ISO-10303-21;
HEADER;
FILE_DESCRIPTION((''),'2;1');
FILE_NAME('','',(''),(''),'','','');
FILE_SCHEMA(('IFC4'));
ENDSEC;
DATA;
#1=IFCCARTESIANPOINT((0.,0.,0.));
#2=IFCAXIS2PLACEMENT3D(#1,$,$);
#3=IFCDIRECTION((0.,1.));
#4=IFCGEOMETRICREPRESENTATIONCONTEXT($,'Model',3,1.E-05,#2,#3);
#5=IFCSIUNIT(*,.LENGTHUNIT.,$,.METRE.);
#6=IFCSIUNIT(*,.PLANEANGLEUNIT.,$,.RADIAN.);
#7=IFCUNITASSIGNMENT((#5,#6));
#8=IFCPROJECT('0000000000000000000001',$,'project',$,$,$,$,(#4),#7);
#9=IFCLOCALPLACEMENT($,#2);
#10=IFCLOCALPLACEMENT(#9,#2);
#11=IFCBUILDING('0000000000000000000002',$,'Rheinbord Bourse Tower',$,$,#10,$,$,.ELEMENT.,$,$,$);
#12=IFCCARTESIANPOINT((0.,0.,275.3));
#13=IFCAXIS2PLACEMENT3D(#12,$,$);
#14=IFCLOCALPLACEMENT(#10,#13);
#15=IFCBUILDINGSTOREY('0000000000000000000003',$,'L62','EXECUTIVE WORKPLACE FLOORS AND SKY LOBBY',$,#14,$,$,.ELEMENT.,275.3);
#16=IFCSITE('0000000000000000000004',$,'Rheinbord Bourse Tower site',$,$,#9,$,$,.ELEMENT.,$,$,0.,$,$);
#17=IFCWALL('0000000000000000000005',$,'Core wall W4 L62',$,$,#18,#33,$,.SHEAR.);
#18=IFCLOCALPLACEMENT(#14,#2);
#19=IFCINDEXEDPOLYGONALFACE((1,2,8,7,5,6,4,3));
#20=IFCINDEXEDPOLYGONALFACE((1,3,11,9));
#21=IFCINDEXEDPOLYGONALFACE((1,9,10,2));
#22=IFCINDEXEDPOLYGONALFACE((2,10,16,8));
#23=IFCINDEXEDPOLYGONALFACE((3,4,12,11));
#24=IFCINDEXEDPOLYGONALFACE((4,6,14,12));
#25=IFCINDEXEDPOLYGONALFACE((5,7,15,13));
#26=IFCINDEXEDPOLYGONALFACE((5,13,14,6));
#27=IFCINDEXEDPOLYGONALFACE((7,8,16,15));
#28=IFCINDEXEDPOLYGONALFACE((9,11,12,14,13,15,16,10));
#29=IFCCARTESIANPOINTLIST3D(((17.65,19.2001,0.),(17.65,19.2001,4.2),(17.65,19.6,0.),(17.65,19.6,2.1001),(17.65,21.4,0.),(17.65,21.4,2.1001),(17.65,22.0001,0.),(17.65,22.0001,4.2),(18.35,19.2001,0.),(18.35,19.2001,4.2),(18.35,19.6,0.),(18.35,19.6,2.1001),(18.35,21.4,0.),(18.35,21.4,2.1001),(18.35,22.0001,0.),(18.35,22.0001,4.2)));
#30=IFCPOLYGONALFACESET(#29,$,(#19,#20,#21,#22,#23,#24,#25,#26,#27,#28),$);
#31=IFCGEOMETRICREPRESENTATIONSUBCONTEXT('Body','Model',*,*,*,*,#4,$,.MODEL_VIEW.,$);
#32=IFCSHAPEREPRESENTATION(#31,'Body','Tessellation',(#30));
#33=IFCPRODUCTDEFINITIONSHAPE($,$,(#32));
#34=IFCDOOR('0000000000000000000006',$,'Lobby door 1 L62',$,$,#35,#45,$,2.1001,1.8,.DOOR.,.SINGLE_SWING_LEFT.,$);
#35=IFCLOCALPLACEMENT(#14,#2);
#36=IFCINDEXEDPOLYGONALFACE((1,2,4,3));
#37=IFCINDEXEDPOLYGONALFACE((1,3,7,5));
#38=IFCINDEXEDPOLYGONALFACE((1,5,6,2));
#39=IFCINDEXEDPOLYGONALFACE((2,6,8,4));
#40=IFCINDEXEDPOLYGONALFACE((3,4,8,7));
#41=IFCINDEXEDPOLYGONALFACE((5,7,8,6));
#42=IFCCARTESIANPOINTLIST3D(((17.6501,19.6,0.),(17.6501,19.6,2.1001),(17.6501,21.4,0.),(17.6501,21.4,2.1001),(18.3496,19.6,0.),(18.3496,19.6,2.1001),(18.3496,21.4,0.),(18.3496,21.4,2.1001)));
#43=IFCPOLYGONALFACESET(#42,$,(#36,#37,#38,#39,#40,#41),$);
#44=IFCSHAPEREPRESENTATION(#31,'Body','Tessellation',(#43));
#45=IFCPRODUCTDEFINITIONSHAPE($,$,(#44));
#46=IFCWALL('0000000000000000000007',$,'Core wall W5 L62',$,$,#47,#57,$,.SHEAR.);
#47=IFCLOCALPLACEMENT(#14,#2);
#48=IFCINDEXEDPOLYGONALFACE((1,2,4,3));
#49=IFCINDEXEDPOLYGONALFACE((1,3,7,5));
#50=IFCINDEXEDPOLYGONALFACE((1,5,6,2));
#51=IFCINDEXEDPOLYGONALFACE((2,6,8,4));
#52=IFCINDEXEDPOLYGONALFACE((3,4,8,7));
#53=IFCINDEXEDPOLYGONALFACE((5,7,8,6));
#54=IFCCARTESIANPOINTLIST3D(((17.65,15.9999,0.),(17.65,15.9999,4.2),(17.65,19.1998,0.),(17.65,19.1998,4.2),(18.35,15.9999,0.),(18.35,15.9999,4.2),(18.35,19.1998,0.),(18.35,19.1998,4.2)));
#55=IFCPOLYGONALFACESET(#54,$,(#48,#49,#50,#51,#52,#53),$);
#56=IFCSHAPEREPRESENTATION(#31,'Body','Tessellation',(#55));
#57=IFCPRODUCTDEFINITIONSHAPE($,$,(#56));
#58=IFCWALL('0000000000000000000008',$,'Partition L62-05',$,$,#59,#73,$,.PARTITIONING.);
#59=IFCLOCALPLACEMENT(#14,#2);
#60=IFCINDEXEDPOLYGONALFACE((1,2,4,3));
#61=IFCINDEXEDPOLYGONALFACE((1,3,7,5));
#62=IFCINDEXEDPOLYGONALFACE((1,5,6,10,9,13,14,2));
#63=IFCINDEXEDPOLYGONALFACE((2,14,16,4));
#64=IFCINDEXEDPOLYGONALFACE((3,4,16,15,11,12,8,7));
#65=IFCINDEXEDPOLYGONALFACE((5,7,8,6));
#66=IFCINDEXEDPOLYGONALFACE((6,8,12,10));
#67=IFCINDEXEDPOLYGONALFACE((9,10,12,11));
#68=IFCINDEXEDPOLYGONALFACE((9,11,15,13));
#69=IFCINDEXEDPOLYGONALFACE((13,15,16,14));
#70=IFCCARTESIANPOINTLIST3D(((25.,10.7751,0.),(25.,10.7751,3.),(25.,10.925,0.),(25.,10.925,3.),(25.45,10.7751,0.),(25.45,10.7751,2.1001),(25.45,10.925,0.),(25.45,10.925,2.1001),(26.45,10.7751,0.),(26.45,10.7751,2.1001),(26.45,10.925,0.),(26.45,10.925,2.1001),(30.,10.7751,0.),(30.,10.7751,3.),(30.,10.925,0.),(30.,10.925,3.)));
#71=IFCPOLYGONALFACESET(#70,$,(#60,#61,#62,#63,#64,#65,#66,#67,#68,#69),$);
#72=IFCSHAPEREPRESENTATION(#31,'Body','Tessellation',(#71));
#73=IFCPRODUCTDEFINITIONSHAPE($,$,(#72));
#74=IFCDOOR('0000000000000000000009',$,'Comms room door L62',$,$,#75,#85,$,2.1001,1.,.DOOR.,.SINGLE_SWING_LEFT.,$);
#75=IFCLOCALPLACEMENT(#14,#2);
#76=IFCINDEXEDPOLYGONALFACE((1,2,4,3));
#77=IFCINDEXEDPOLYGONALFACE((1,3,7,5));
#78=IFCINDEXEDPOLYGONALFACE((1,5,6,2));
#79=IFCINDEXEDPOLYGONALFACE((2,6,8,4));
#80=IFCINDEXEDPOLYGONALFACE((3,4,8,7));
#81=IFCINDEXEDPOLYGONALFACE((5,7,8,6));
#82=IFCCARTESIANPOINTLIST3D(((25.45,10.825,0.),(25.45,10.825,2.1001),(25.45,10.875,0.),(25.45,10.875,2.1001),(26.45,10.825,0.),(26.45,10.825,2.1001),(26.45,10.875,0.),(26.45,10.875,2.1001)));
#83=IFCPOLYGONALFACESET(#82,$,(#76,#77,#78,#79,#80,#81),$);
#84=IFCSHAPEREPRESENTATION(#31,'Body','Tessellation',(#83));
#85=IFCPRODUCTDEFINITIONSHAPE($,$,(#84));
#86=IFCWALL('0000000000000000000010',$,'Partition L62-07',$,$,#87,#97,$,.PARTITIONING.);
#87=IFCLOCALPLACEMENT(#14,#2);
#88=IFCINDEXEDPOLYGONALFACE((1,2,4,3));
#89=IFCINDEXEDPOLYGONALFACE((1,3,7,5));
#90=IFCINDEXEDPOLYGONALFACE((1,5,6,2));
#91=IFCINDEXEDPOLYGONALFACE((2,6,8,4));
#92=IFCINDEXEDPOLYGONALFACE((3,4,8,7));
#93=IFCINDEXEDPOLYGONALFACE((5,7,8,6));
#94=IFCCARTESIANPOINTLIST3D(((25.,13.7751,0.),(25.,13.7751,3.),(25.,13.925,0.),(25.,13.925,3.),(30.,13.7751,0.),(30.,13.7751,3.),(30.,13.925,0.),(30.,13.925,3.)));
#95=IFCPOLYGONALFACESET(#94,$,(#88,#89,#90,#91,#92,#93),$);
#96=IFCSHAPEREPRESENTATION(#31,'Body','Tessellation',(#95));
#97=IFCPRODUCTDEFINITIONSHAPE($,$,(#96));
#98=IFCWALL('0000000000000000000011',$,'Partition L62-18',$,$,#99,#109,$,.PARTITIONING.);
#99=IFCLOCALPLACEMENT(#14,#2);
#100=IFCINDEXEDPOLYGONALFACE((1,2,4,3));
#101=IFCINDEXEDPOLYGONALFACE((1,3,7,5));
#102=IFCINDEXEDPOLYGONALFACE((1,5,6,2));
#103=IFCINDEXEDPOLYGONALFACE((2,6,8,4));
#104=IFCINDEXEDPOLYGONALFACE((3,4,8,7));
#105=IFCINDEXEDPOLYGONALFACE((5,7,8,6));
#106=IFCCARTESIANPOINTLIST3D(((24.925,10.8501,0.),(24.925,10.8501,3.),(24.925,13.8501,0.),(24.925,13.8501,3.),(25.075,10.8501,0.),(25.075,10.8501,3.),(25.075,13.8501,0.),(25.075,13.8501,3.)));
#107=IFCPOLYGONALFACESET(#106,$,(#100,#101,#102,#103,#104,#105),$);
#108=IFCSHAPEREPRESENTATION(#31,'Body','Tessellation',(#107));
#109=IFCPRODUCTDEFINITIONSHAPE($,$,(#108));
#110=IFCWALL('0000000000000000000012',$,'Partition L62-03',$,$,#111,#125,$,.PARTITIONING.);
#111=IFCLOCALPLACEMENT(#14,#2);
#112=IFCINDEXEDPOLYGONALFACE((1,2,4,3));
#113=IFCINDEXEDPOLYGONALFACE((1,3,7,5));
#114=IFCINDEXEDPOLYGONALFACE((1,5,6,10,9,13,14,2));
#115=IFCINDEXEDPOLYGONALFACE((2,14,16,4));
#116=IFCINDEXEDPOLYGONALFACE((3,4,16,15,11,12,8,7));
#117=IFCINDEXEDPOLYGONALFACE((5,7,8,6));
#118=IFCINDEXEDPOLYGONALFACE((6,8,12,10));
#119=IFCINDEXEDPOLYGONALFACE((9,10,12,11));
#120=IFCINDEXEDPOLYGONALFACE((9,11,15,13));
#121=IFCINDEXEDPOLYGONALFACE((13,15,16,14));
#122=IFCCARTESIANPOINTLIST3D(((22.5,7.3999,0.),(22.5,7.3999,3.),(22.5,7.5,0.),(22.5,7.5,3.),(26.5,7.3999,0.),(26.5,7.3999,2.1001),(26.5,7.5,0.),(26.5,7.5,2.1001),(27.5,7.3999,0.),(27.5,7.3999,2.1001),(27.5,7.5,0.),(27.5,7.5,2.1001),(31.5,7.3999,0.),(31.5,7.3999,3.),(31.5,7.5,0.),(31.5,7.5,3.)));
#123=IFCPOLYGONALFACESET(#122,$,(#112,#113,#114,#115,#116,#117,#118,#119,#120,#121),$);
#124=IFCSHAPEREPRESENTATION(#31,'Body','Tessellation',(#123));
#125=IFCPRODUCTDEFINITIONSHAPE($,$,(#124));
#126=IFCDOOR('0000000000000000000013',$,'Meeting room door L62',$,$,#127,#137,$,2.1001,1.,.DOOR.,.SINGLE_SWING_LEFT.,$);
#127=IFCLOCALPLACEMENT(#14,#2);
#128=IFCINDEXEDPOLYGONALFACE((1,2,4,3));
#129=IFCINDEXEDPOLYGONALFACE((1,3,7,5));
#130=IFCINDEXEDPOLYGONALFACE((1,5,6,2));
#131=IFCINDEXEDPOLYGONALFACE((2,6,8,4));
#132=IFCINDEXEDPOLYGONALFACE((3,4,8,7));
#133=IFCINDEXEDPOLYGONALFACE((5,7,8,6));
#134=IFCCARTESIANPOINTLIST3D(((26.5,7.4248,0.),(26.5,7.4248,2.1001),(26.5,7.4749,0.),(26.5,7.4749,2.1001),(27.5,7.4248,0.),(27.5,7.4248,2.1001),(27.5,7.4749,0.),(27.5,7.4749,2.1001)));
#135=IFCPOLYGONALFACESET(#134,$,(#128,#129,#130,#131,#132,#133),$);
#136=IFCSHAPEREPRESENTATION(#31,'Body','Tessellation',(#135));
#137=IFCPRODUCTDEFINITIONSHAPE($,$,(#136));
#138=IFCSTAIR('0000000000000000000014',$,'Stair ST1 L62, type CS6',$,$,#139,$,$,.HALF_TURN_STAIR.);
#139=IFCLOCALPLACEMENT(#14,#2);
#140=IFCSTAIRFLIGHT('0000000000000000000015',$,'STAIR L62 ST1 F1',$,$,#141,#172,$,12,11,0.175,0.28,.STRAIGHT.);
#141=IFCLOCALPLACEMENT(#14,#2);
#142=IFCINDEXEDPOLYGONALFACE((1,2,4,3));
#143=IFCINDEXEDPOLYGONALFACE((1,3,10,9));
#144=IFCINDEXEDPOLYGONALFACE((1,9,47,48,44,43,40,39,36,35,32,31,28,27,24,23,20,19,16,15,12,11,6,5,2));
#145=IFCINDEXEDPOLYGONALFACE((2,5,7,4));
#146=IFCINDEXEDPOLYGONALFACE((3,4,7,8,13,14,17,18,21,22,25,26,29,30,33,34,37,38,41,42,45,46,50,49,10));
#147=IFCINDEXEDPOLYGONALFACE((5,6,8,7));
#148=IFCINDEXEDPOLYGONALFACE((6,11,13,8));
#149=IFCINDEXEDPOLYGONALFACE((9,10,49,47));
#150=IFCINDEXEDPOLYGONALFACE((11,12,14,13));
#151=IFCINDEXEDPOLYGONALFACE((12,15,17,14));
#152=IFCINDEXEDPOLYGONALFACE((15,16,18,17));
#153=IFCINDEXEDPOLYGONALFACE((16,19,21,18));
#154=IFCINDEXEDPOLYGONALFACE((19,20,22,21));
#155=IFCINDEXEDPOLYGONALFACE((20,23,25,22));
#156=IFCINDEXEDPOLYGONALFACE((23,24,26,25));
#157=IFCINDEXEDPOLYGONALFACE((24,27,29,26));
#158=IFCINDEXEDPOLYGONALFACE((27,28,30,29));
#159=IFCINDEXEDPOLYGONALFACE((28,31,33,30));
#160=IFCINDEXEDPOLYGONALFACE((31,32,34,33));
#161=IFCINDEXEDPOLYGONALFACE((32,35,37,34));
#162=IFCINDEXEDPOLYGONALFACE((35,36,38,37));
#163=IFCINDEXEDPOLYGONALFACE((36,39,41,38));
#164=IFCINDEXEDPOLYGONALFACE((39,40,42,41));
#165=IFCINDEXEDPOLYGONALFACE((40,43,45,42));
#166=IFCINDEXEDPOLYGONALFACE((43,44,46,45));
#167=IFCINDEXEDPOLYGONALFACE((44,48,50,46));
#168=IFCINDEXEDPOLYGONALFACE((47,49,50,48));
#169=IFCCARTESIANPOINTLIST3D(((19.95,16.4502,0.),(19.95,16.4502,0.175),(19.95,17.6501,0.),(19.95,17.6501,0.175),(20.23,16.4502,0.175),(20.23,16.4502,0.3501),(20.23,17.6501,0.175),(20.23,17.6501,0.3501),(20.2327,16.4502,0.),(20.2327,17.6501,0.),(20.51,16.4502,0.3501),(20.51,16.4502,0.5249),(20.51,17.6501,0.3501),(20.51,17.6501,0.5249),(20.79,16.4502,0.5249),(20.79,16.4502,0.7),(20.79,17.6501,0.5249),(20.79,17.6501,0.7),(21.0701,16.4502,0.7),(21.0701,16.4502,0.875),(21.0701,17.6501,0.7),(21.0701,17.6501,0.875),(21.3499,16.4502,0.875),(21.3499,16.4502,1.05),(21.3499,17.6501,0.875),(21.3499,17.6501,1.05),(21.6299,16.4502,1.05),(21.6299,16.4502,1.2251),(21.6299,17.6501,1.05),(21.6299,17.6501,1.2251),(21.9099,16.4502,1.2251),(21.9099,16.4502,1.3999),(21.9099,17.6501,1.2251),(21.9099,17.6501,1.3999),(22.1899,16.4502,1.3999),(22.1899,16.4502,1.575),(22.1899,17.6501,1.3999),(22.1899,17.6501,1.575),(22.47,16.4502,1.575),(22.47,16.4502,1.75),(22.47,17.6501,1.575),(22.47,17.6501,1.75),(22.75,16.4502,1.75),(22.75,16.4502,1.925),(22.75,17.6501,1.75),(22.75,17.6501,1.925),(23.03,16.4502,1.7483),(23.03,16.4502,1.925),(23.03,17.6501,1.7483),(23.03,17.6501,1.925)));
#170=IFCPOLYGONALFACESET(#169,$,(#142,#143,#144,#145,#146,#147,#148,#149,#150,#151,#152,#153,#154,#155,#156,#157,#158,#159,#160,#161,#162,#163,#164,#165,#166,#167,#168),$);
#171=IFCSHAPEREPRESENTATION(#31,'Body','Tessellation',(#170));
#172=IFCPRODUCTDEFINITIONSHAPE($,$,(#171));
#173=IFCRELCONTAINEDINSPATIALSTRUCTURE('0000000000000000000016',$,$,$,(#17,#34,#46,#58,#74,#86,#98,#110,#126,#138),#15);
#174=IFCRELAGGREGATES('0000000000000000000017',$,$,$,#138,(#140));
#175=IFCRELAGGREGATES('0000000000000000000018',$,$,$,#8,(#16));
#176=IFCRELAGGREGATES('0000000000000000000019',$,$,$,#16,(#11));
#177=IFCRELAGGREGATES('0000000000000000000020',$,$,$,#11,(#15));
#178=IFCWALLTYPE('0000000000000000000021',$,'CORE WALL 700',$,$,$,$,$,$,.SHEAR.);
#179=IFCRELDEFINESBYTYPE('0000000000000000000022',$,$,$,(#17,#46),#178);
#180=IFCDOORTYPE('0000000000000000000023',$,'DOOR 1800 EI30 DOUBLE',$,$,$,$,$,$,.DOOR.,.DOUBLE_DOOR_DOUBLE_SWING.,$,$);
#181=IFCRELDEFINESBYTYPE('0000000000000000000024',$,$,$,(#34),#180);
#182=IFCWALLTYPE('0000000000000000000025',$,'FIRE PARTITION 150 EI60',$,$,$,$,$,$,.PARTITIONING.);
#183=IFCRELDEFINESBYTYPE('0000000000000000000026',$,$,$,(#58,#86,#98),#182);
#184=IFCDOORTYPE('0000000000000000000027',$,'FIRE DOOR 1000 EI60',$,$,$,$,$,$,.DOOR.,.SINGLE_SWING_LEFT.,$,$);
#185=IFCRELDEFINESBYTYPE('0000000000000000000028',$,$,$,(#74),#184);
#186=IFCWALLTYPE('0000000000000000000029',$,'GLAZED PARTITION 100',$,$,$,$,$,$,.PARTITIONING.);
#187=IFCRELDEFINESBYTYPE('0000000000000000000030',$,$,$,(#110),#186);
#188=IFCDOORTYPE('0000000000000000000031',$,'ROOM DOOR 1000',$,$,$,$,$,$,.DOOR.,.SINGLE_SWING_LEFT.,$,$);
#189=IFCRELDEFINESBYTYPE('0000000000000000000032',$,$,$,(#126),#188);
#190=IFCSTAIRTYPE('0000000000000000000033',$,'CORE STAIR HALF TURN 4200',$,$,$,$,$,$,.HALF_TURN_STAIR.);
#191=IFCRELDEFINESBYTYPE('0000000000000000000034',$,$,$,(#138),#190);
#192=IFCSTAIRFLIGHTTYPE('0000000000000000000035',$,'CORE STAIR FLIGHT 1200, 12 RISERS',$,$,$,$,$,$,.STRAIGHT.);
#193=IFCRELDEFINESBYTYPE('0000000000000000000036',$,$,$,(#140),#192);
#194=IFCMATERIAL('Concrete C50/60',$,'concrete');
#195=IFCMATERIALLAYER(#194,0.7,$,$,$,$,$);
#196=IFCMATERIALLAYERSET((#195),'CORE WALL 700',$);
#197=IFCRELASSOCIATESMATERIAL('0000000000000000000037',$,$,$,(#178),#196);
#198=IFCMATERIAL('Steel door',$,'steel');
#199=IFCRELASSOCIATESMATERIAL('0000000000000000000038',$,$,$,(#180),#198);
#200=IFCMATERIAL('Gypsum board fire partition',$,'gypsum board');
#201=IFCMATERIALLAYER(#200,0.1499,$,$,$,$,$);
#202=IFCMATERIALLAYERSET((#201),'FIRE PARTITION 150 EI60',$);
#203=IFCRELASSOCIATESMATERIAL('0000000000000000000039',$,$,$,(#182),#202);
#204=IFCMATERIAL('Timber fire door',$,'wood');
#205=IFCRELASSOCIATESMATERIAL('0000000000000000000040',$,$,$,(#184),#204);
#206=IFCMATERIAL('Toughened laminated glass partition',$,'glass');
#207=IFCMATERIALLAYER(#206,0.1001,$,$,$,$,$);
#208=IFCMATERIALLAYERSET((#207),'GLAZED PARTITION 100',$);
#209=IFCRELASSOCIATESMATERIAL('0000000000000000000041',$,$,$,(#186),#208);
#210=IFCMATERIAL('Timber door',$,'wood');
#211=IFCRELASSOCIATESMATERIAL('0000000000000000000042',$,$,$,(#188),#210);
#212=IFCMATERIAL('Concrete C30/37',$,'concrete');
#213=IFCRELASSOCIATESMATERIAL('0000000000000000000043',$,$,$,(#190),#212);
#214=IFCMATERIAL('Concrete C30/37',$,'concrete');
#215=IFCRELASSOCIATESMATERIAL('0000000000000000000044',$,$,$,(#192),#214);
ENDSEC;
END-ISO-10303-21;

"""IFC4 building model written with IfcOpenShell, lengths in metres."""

from ifc_helpers import new_model, si_unit, direction, frame, frame_2d, origin, place, context, subcontext, project, spatial, polyline, rectangle, outline, extrude, material, layer, layer_set, type_object, element, fill, aggregate, save


model = new_model("IFC4")

# Units and contexts
model_context = context("Model", 3, precision=1e-05, world=origin(), true_north=direction((0.0, 1.0)))
body_context = subcontext(model_context, "Body", "Model", "MODEL_VIEW")
ifc_project = project(units=[si_unit("LENGTHUNIT", "METRE"), si_unit("PLANEANGLEUNIT", "RADIAN")], contexts=[model_context])

# Site, building, storey
site_placement = place(None, origin())
site = spatial("IfcSite", under=ifc_project, at=site_placement, Name="Rheinbord Bourse Tower site", CompositionType="ELEMENT", RefElevation=0.0)
building_placement = place(site_placement, origin())
building = spatial("IfcBuilding", under=site, at=building_placement, Name="Rheinbord Bourse Tower", CompositionType="ELEMENT")
storey_placement = place(building_placement, frame((0.0, 0.0, 275.3)))
storey = spatial("IfcBuildingStorey", under=building, at=storey_placement, Name="L62", Description="EXECUTIVE WORKPLACE FLOORS AND SKY LOBBY", CompositionType="ELEMENT", Elevation=275.3)

# Shared definitions
ifc_material_1 = material(Name="Concrete C50/60", Category="concrete")
ifc_layer_1 = layer(ifc_material_1, 0.7)
ifc_layer_set_1 = layer_set([ifc_layer_1], Name="CORE WALL 700")
wall_type_1 = type_object("IfcWallType", Name="CORE WALL 700", PredefinedType="SHEAR", material=ifc_layer_set_1)

# Wall, opening, door
wall_1_placement = place(storey_placement, frame((18.0, 22.0, 0.0), z_axis=(0.0, 0.0, 1.0), x_axis=(0.0, -1.0, 0.0)))
wall_1 = element("IfcWall", 1, at=wall_1_placement, inside=storey, type_object=wall_type_1, Name="Core wall W4 L62", PredefinedType="SHEAR", context=body_context, shape_type="SweptSolid", body=[
    extrude(rectangle(XDim=2.8, YDim=0.7, at=frame_2d((1.3999, 0.0))), origin(), (0.0, 0.0, 1.0), 4.2),
])
opening_1_placement = place(wall_1_placement, frame((0.6001, 0.0, 0.0)))
opening_1 = element("IfcOpeningElement", 2, at=opening_1_placement, cuts=wall_1, PredefinedType="OPENING", context=body_context, shape_type="SweptSolid", body=[
    extrude(rectangle(XDim=1.8, YDim=2.1001, at=frame_2d((0.8999, 1.05))), frame((0.0, 0.3599, 0.0), z_axis=(0.0, -1.0, 0.0), x_axis=(1.0, 0.0, 0.0)), (0.0, 0.0, 1.0), 0.72),
])
ifc_material_2 = material(Name="Steel door", Category="steel")
door_type_1 = type_object("IfcDoorType", Name="DOOR 1800 EI30 DOUBLE", OperationType="DOUBLE_DOOR_DOUBLE_SWING", PredefinedType="DOOR", material=ifc_material_2)
door_1_placement = place(opening_1_placement, origin())
door_1 = element("IfcDoor", 3, at=door_1_placement, inside=storey, type_object=door_type_1, Name="Lobby door 1 L62", OperationType="SINGLE_SWING_LEFT", OverallHeight=2.1001, OverallWidth=1.8, PredefinedType="DOOR", context=body_context, shape_type="SweptSolid", body=[
    extrude(rectangle(XDim=1.8, YDim=2.1001, at=frame_2d((0.8999, 1.05))), frame((0.0, 0.3496, 0.0), z_axis=(0.0, -1.0, 0.0), x_axis=(1.0, 0.0, 0.0)), (0.0, 0.0, 1.0), 0.6995),
])
fill(opening_1, door_1)

# Wall
wall_2_placement = place(storey_placement, frame((18.0, 19.2, 0.0), z_axis=(0.0, 0.0, 1.0), x_axis=(0.0, -1.0, 0.0)))
element("IfcWall", 4, at=wall_2_placement, inside=storey, type_object=wall_type_1, Name="Core wall W5 L62", PredefinedType="SHEAR", context=body_context, shape_type="SweptSolid", body=[
    extrude(rectangle(XDim=3.2, YDim=0.7, at=frame_2d((1.6001, 0.0))), origin(), (0.0, 0.0, 1.0), 4.2),
])

# Wall, opening, door
ifc_material_3 = material(Name="Gypsum board fire partition", Category="gypsum board")
ifc_layer_2 = layer(ifc_material_3, 0.1499)
ifc_layer_set_2 = layer_set([ifc_layer_2], Name="FIRE PARTITION 150 EI60")
wall_type_2 = type_object("IfcWallType", Name="FIRE PARTITION 150 EI60", PredefinedType="PARTITIONING", material=ifc_layer_set_2)
wall_3_placement = place(storey_placement, frame((25.0, 10.8501, 0.0), z_axis=(0.0, 0.0, 1.0), x_axis=(1.0, 0.0, 0.0)))
wall_3 = element("IfcWall", 5, at=wall_3_placement, inside=storey, type_object=wall_type_2, Name="Partition L62-05", PredefinedType="PARTITIONING", context=body_context, shape_type="SweptSolid", body=[
    extrude(rectangle(XDim=5.0, YDim=0.1499, at=frame_2d((2.5, 0.0))), origin(), (0.0, 0.0, 1.0), 3.0),
])
opening_2_placement = place(wall_3_placement, frame((0.45, 0.0, 0.0)))
opening_2 = element("IfcOpeningElement", 6, at=opening_2_placement, cuts=wall_3, PredefinedType="OPENING", context=body_context, shape_type="SweptSolid", body=[
    extrude(rectangle(XDim=1.0, YDim=2.1001, at=frame_2d((0.5, 1.05))), frame((0.0, 0.085, 0.0), z_axis=(0.0, -1.0, 0.0), x_axis=(1.0, 0.0, 0.0)), (0.0, 0.0, 1.0), 0.1699),
])
ifc_material_4 = material(Name="Timber fire door", Category="wood")
door_type_2 = type_object("IfcDoorType", Name="FIRE DOOR 1000 EI60", OperationType="SINGLE_SWING_LEFT", PredefinedType="DOOR", material=ifc_material_4)
door_2_placement = place(opening_2_placement, origin())
door_2 = element("IfcDoor", 7, at=door_2_placement, inside=storey, type_object=door_type_2, Name="Comms room door L62", OperationType="SINGLE_SWING_LEFT", OverallHeight=2.1001, OverallWidth=1.0, PredefinedType="DOOR", context=body_context, shape_type="SweptSolid", body=[
    extrude(rectangle(XDim=1.0, YDim=2.1001, at=frame_2d((0.5, 1.05))), frame((0.0, 0.0249, 0.0), z_axis=(0.0, -1.0, 0.0), x_axis=(1.0, 0.0, 0.0)), (0.0, 0.0, 1.0), 0.05),
])
fill(opening_2, door_2)

# Walls
wall_4_placement = place(storey_placement, frame((25.0, 13.8501, 0.0), z_axis=(0.0, 0.0, 1.0), x_axis=(1.0, 0.0, 0.0)))
element("IfcWall", 8, at=wall_4_placement, inside=storey, type_object=wall_type_2, Name="Partition L62-07", PredefinedType="PARTITIONING", context=body_context, shape_type="SweptSolid", body=[
    extrude(rectangle(XDim=5.0, YDim=0.1499, at=frame_2d((2.5, 0.0))), origin(), (0.0, 0.0, 1.0), 3.0),
])
wall_5_placement = place(storey_placement, frame((25.0, 10.8501, 0.0), z_axis=(0.0, 0.0, 1.0), x_axis=(0.0, 1.0, 0.0)))
element("IfcWall", 9, at=wall_5_placement, inside=storey, type_object=wall_type_2, Name="Partition L62-18", PredefinedType="PARTITIONING", context=body_context, shape_type="SweptSolid", body=[
    extrude(rectangle(XDim=3.0, YDim=0.1499, at=frame_2d((1.5, 0.0))), origin(), (0.0, 0.0, 1.0), 3.0),
])

# Wall, opening, door
ifc_material_5 = material(Name="Toughened laminated glass partition", Category="glass")
ifc_layer_3 = layer(ifc_material_5, 0.1001)
ifc_layer_set_3 = layer_set([ifc_layer_3], Name="GLAZED PARTITION 100")
wall_type_3 = type_object("IfcWallType", Name="GLAZED PARTITION 100", PredefinedType="PARTITIONING", material=ifc_layer_set_3)
wall_6_placement = place(storey_placement, frame((22.5, 7.45, 0.0), z_axis=(0.0, 0.0, 1.0), x_axis=(1.0, 0.0, 0.0)))
wall_6 = element("IfcWall", 10, at=wall_6_placement, inside=storey, type_object=wall_type_3, Name="Partition L62-03", PredefinedType="PARTITIONING", context=body_context, shape_type="SweptSolid", body=[
    extrude(rectangle(XDim=9.0, YDim=0.1001, at=frame_2d((4.5, 0.0))), origin(), (0.0, 0.0, 1.0), 3.0),
])
opening_3_placement = place(wall_6_placement, frame((4.0, 0.0, 0.0)))
opening_3 = element("IfcOpeningElement", 11, at=opening_3_placement, cuts=wall_6, PredefinedType="OPENING", context=body_context, shape_type="SweptSolid", body=[
    extrude(rectangle(XDim=1.0, YDim=2.1001, at=frame_2d((0.5, 1.05))), frame((0.0, 0.0601, 0.0), z_axis=(0.0, -1.0, 0.0), x_axis=(1.0, 0.0, 0.0)), (0.0, 0.0, 1.0), 0.1201),
])
ifc_material_6 = material(Name="Timber door", Category="wood")
door_type_3 = type_object("IfcDoorType", Name="ROOM DOOR 1000", OperationType="SINGLE_SWING_LEFT", PredefinedType="DOOR", material=ifc_material_6)
door_3_placement = place(opening_3_placement, origin())
door_3 = element("IfcDoor", 12, at=door_3_placement, inside=storey, type_object=door_type_3, Name="Meeting room door L62", OperationType="SINGLE_SWING_LEFT", OverallHeight=2.1001, OverallWidth=1.0, PredefinedType="DOOR", context=body_context, shape_type="SweptSolid", body=[
    extrude(rectangle(XDim=1.0, YDim=2.1001, at=frame_2d((0.5, 1.05))), frame((0.0, 0.0249, 0.0), z_axis=(0.0, -1.0, 0.0), x_axis=(1.0, 0.0, 0.0)), (0.0, 0.0, 1.0), 0.05),
])
fill(opening_3, door_3)

# Stair, stair flight
ifc_material_7 = material(Name="Concrete C30/37", Category="concrete")
stair_type = type_object("IfcStairType", Name="CORE STAIR HALF TURN 4200", PredefinedType="HALF_TURN_STAIR", material=ifc_material_7)
stair_placement = place(storey_placement, origin())
stair = element("IfcStair", 13, at=stair_placement, inside=storey, type_object=stair_type, Name="Stair ST1 L62, type CS6", PredefinedType="HALF_TURN_STAIR")
ifc_material_8 = material(Name="Concrete C30/37", Category="concrete")
stair_flight_type = type_object("IfcStairFlightType", Name="CORE STAIR FLIGHT 1200, 12 RISERS", PredefinedType="STRAIGHT", material=ifc_material_8)
stair_flight_1_placement = place(storey_placement, frame((19.95, 17.05, 0.0), z_axis=(0.0, 0.0, 1.0), x_axis=(1.0, 0.0, 0.0)))
stair_flight_1 = element("IfcStairFlight", 14, at=stair_flight_1_placement, type_object=stair_flight_type, Name="STAIR L62 ST1 F1", NumberOfRisers=12, NumberOfTreads=11, PredefinedType="STRAIGHT", RiserHeight=0.175, TreadLength=0.28, context=body_context, shape_type="SweptSolid", body=[
    extrude(outline(polyline([(0.0, 0.0), (0.0, 0.175), (0.28, 0.175), (0.28, 0.3501), (0.5601, 0.3501), (0.5601, 0.5249), (0.8401, 0.5249), (0.8401, 0.7), (1.1201, 0.7), (1.1201, 0.875), (1.3999, 0.875), (1.3999, 1.05), (1.6799, 1.05), (1.6799, 1.2251), (1.96, 1.2251), (1.96, 1.3999), (2.24, 1.3999), (2.24, 1.575), (2.52, 1.575), (2.52, 1.75), (2.8, 1.75), (2.8, 1.925), (3.0801, 1.925), (3.0801, 2.1001), (3.0801, 1.7483), (0.2827, 0.0), (0.0, 0.0)])), frame((0.0, 0.6001, 0.0), z_axis=(0.0, -1.0, 0.0), x_axis=(1.0, 0.0, 0.0)), (0.0, 0.0, 1.0), 1.2),
])
aggregate(stair, [stair_flight_1])

save(model, "model.ifc")
